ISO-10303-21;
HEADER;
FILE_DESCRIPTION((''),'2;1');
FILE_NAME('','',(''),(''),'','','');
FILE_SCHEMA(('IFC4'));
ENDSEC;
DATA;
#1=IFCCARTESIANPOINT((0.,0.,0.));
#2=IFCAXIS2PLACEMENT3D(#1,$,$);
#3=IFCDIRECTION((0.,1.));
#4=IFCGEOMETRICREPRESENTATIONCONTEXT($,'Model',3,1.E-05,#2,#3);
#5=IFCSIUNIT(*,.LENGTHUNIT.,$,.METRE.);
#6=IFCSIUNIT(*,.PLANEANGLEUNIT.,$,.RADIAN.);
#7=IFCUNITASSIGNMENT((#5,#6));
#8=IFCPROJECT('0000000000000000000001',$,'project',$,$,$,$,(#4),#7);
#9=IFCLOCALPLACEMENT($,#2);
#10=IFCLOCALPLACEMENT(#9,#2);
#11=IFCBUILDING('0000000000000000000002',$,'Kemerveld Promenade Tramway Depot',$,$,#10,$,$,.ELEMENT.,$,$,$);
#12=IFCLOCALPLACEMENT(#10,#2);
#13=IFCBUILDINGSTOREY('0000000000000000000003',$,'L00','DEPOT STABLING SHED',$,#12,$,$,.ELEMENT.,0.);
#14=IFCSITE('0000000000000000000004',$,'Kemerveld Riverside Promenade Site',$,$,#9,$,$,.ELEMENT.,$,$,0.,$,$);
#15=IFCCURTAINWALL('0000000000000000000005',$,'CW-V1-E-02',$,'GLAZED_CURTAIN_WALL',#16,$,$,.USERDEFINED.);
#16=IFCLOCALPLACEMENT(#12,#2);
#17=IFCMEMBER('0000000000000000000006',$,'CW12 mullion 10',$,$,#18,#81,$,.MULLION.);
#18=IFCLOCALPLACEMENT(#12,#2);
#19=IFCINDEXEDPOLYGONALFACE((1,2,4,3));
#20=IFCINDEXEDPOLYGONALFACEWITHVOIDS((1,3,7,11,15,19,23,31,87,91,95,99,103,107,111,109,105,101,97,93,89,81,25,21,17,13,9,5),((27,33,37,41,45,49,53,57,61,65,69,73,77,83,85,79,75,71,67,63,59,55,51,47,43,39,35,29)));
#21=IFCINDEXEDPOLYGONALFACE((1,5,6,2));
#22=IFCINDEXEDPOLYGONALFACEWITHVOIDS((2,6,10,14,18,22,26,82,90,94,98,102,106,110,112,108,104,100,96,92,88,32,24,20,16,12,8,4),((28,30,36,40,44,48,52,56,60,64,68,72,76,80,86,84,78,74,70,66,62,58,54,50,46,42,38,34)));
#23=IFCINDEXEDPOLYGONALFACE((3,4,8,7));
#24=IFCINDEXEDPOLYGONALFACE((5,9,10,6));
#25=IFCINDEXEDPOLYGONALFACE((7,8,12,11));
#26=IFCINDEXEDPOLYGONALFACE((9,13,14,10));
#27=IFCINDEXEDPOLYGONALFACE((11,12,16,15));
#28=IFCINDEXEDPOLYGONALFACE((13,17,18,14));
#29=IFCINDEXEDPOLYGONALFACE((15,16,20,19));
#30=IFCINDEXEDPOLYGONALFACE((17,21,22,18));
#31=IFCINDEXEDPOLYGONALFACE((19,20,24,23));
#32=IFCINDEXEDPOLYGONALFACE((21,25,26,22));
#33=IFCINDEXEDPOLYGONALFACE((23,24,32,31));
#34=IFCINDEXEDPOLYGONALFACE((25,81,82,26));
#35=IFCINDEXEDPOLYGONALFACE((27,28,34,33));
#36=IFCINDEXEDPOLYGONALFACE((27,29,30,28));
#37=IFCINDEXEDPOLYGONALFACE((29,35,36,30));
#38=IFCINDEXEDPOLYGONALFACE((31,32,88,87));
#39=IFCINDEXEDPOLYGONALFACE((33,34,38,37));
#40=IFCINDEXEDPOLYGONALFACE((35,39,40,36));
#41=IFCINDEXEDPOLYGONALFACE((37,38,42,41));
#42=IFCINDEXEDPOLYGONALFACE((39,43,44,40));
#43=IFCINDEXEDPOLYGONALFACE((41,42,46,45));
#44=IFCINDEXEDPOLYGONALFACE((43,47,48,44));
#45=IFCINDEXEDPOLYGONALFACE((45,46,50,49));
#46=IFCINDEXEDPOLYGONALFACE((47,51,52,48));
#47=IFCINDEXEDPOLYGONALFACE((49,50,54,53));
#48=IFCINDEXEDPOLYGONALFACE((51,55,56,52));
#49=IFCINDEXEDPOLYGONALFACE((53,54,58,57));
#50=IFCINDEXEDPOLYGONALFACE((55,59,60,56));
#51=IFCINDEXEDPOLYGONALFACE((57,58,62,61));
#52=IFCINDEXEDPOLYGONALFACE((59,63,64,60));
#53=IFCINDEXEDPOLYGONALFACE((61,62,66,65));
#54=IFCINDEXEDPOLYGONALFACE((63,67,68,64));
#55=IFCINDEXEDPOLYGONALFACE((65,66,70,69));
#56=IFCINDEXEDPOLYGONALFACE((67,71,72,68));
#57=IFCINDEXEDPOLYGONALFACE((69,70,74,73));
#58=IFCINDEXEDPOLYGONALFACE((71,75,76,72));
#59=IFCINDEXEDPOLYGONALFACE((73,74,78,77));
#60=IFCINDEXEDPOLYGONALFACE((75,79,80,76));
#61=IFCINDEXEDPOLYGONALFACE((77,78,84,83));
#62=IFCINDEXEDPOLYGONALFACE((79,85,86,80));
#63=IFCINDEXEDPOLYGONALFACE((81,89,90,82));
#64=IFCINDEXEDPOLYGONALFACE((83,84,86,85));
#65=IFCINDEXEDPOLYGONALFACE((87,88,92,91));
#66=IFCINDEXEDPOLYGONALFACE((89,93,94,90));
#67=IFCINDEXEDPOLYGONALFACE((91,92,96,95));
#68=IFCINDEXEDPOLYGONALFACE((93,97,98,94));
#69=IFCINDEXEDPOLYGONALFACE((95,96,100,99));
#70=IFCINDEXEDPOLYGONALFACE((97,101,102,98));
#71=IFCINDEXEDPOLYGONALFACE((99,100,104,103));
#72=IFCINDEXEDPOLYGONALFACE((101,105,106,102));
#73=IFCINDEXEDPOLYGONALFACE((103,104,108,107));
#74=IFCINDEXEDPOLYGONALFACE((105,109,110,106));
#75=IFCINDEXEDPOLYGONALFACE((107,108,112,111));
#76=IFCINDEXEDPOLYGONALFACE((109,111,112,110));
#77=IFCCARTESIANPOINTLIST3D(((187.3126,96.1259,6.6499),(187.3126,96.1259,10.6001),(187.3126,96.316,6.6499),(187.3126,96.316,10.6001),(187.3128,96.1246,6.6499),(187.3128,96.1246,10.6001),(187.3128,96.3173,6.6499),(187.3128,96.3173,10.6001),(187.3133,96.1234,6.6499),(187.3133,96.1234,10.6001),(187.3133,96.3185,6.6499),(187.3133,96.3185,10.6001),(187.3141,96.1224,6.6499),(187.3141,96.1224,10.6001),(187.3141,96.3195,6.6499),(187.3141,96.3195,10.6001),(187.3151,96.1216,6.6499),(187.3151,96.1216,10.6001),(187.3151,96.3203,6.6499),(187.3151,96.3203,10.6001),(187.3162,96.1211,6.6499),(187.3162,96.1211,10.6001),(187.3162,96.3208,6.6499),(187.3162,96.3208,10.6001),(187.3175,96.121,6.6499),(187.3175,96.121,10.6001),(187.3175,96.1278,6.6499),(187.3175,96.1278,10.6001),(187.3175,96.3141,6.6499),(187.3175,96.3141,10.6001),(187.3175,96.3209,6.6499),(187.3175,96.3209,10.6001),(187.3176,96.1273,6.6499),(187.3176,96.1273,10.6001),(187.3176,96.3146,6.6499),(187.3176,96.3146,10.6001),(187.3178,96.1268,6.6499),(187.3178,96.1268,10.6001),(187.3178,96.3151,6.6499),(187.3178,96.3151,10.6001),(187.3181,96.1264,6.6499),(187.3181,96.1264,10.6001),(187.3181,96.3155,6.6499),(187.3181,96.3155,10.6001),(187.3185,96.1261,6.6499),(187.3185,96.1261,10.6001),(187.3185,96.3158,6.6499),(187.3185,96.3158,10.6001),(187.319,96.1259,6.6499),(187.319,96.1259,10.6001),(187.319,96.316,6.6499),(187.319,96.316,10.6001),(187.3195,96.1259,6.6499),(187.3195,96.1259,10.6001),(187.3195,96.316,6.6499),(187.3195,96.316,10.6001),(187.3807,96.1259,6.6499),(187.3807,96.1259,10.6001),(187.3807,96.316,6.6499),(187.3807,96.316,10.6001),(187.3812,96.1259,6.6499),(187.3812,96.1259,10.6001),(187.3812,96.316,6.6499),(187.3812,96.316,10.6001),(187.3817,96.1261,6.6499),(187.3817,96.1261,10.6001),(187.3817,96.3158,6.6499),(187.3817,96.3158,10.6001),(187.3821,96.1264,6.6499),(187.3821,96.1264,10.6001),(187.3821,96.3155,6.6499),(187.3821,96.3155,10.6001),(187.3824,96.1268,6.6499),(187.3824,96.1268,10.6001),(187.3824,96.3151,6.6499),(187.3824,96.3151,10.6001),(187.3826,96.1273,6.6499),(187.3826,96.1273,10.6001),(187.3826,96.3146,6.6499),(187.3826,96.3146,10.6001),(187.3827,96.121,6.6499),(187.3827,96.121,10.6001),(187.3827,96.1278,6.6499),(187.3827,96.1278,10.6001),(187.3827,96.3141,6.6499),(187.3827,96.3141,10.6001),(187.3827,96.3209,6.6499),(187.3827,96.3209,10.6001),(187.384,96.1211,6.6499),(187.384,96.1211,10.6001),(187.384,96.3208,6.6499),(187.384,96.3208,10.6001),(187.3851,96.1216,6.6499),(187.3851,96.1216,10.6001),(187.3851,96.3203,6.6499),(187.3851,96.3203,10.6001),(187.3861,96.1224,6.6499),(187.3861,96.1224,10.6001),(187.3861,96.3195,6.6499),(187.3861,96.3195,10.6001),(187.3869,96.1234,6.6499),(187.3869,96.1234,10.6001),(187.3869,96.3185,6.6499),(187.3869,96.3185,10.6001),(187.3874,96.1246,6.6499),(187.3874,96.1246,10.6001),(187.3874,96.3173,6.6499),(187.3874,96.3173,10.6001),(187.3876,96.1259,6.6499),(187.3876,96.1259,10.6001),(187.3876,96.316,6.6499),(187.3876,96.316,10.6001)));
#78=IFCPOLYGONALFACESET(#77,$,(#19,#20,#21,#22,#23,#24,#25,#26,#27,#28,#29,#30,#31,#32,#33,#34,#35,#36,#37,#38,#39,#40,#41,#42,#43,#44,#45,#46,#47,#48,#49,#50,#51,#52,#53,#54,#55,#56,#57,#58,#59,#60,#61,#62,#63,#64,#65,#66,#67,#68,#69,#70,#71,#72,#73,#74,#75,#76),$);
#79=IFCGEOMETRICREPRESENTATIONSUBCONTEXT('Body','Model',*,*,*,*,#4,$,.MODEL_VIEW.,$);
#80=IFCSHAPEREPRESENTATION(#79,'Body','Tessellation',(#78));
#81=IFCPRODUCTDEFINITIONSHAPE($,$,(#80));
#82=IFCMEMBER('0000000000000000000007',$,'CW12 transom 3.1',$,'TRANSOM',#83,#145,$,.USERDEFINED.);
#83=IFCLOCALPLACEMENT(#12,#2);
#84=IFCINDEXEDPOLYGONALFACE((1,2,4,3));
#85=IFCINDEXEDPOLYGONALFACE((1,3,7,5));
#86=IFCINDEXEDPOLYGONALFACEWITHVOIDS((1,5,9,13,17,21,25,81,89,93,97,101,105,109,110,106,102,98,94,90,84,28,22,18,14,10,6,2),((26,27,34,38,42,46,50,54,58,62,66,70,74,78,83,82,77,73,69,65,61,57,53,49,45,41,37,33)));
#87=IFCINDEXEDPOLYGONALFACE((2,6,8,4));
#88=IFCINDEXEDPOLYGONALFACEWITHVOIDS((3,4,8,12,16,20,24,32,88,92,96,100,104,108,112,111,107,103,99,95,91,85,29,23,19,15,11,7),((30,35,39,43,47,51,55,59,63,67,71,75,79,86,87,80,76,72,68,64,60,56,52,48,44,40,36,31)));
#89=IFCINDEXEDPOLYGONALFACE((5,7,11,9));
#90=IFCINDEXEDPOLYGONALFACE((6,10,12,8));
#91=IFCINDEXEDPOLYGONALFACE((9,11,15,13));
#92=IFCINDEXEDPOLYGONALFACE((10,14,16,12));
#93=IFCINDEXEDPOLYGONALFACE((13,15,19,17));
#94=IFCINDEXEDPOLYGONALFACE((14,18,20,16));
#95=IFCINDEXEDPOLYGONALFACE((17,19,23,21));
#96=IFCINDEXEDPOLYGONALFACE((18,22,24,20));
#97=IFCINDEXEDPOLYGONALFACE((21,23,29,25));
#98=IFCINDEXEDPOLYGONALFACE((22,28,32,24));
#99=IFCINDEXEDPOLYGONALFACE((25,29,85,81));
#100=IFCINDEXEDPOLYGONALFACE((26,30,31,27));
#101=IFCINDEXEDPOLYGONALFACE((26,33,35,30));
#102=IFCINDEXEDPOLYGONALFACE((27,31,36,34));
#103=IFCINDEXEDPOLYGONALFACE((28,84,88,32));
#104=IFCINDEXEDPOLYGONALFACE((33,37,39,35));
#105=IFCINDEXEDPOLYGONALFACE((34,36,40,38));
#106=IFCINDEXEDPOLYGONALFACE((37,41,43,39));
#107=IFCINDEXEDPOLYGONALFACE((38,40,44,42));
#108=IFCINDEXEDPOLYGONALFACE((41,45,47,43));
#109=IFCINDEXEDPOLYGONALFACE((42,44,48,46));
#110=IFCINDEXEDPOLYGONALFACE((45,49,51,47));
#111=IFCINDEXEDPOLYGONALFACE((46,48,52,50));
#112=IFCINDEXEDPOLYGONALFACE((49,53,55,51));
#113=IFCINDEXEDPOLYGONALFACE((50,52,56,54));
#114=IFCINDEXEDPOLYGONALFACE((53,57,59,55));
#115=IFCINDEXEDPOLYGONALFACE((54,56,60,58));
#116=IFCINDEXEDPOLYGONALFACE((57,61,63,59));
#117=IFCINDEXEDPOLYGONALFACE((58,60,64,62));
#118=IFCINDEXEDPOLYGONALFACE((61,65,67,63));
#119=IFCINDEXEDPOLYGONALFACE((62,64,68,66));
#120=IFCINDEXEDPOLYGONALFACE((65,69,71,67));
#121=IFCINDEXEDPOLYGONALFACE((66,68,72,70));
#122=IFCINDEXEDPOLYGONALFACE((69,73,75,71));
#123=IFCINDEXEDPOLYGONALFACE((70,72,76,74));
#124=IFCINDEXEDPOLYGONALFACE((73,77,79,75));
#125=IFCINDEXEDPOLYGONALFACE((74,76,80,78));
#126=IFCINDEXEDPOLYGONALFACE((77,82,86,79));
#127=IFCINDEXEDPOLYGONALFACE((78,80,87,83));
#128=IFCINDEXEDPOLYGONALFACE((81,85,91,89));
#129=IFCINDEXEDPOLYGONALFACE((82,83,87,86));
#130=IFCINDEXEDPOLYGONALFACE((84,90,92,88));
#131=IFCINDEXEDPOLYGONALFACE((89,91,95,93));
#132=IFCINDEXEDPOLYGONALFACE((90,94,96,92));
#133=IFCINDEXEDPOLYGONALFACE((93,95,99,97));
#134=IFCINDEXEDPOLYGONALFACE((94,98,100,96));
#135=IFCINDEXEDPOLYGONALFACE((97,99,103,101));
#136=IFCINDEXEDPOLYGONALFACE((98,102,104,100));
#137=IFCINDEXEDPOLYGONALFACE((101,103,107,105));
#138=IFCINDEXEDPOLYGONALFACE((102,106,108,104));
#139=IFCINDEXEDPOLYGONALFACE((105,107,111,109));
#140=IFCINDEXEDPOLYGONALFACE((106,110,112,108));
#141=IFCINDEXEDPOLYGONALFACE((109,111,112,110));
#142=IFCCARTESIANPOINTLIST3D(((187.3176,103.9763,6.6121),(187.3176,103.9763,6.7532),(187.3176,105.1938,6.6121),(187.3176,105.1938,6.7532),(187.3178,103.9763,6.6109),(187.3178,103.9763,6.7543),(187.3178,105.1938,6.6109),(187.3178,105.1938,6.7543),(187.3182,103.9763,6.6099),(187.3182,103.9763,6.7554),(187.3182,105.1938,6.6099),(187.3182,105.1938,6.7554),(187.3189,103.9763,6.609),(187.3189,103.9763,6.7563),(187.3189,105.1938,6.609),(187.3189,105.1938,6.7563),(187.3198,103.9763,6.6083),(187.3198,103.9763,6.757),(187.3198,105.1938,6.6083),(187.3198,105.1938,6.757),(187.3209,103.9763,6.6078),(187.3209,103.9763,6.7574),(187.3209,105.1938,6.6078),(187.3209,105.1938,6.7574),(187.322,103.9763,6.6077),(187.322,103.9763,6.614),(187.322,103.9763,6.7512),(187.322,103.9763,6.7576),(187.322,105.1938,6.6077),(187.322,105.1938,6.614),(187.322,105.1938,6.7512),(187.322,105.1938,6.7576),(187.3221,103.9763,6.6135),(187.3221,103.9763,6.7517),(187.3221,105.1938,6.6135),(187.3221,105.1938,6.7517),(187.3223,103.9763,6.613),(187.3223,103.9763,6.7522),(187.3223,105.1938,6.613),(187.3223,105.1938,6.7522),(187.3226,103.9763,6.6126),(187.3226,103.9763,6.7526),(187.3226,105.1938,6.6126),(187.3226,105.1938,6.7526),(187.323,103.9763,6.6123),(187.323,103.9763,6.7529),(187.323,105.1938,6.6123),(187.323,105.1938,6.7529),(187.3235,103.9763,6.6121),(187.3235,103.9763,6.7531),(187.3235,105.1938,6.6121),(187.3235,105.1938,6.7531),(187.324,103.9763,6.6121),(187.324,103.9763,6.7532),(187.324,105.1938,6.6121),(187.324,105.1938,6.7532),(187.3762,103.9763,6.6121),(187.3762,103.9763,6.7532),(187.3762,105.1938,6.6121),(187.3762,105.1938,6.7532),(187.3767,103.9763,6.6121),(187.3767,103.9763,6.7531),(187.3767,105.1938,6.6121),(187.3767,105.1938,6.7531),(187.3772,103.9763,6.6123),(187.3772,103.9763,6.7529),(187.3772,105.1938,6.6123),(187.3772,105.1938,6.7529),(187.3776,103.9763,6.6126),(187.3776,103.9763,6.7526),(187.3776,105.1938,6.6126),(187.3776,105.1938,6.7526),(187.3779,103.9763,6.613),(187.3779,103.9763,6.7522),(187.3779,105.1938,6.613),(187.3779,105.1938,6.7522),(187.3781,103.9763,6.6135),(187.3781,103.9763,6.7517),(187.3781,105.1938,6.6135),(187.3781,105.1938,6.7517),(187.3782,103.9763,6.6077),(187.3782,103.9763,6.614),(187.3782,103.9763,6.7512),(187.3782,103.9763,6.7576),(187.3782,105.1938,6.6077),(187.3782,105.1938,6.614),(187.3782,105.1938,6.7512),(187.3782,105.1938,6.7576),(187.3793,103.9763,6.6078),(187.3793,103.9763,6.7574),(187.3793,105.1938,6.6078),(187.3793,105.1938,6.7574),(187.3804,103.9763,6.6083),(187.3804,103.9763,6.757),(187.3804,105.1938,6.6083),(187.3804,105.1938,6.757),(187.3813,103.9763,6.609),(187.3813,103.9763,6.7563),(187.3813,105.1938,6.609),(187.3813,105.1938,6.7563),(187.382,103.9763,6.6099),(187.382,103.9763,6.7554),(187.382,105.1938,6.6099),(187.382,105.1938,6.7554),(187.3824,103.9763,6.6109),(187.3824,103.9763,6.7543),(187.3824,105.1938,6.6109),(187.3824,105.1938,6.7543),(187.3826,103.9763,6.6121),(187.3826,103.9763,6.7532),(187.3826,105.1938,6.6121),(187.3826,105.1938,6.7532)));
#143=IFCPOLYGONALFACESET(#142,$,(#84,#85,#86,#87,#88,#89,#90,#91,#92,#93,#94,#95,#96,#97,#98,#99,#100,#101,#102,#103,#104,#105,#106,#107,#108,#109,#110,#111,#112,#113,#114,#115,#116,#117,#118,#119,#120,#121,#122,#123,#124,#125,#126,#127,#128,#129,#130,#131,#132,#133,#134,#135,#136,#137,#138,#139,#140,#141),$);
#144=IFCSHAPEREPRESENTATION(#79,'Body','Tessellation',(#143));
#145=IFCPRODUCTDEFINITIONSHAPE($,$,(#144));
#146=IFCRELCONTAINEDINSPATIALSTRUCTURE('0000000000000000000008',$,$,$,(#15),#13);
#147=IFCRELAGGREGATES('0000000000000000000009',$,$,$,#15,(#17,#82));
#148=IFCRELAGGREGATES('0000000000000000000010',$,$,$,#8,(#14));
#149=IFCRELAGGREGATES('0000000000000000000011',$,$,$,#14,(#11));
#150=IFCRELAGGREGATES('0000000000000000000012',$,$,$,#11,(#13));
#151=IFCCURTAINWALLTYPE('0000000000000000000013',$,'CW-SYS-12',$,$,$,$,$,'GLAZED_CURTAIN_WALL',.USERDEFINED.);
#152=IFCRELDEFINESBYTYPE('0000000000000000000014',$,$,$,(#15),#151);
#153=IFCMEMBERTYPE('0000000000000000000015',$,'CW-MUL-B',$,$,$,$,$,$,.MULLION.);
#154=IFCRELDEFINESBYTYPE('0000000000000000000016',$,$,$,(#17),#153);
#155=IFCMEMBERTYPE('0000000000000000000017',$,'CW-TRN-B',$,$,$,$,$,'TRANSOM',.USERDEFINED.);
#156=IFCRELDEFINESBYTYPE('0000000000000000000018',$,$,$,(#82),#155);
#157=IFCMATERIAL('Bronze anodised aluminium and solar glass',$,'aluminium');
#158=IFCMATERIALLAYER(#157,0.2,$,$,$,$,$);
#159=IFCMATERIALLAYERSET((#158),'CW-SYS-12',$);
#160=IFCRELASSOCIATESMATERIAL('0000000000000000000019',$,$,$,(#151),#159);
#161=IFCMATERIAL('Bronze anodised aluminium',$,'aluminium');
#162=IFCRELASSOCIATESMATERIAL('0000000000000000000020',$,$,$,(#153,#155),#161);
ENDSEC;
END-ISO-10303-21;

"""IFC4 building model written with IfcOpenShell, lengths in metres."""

from ifc_helpers import new_model, si_unit, direction, frame, origin, origin_2d, place, context, subcontext, project, spatial, hollow_rectangle, extrude, material, layer, layer_set, material_profile, profile_set, type_object, element, aggregate, save


model = new_model("IFC4")

# Units and contexts
model_context = context("Model", 3, precision=1e-05, world=origin(), true_north=direction((0.0, 1.0)))
body_context = subcontext(model_context, "Body", "Model", "MODEL_VIEW")
ifc_project = project(units=[si_unit("LENGTHUNIT", "METRE"), si_unit("PLANEANGLEUNIT", "RADIAN")], contexts=[model_context])

# Site, building, storey
site_placement = place(None, origin())
site = spatial("IfcSite", under=ifc_project, at=site_placement, Name="Kemerveld Riverside Promenade Site", CompositionType="ELEMENT", RefElevation=0.0)
building_placement = place(site_placement, origin())
building = spatial("IfcBuilding", under=site, at=building_placement, Name="Kemerveld Promenade Tramway Depot", CompositionType="ELEMENT")
storey_placement = place(building_placement, origin())
storey = spatial("IfcBuildingStorey", under=building, at=storey_placement, Name="L00", Description="DEPOT STABLING SHED", CompositionType="ELEMENT", Elevation=0.0)

# Curtain wall, members
ifc_material_1 = material(Name="Bronze anodised aluminium and solar glass", Category="aluminium")
ifc_layer_1 = layer(ifc_material_1, 0.2)
ifc_layer_set_1 = layer_set([ifc_layer_1], Name="CW-SYS-12")
curtain_wall_type = type_object("IfcCurtainWallType", Name="CW-SYS-12", ElementType="GLAZED_CURTAIN_WALL", PredefinedType="USERDEFINED", material=ifc_layer_set_1)
curtain_wall_placement = place(storey_placement, origin())
curtain_wall = element("IfcCurtainWall", 1, at=curtain_wall_placement, inside=storey, type_object=curtain_wall_type, Name="CW-V1-E-02", ObjectType="GLAZED_CURTAIN_WALL", PredefinedType="USERDEFINED")
ifc_material_2 = material(Name="Bronze anodised aluminium", Category="aluminium")
ifc_material_profile_1 = material_profile(ifc_material_2, hollow_rectangle(XDim=0.075, YDim=0.2, WallThickness=0.0049, InnerFilletRadius=0.002, OuterFilletRadius=0.0049, at=origin_2d()), Name="CW-MUL-200x75")
ifc_profile_set_1 = profile_set([ifc_material_profile_1], Name="Bronze anodised aluminium")
member_type_1 = type_object("IfcMemberType", Name="CW-MUL-B", PredefinedType="MULLION", material=ifc_profile_set_1)
member_1_placement = place(storey_placement, frame((187.3501, 96.2209, 6.6499), z_axis=(0.0, 0.0, 1.0), x_axis=(1.0, 0.0, 0.0)))
member_1 = element("IfcMember", 2, at=member_1_placement, type_object=member_type_1, Name="CW12 mullion 10", PredefinedType="MULLION", context=body_context, shape_type="SweptSolid", body=[
    extrude(hollow_rectangle(XDim=0.075, YDim=0.2, WallThickness=0.0049, InnerFilletRadius=0.002, OuterFilletRadius=0.0049, at=origin_2d()), origin(), (0.0, 0.0, 1.0), 3.9502),
])
ifc_material_profile_2 = material_profile(ifc_material_2, hollow_rectangle(XDim=0.0649, YDim=0.1499, WallThickness=0.0044, InnerFilletRadius=0.002, OuterFilletRadius=0.0044, at=origin_2d()), Name="CW-TRN-150x65")
ifc_profile_set_2 = profile_set([ifc_material_profile_2], Name="Bronze anodised aluminium")
member_type_2 = type_object("IfcMemberType", Name="CW-TRN-B", ElementType="TRANSOM", PredefinedType="USERDEFINED", material=ifc_profile_set_2)
member_2_placement = place(storey_placement, frame((187.3501, 105.1938, 6.6826), z_axis=(0.0, -1.0, 0.0), x_axis=(1.0, 0.0, 0.0)))
member_2 = element("IfcMember", 3, at=member_2_placement, type_object=member_type_2, Name="CW12 transom 3.1", ObjectType="TRANSOM", PredefinedType="USERDEFINED", context=body_context, shape_type="SweptSolid", body=[
    extrude(hollow_rectangle(XDim=0.0649, YDim=0.1499, WallThickness=0.0044, InnerFilletRadius=0.002, OuterFilletRadius=0.0044, at=origin_2d()), origin(), (0.0, 0.0, 1.0), 1.2175),
])
aggregate(curtain_wall, [member_1, member_2])

save(model, "model.ifc")
